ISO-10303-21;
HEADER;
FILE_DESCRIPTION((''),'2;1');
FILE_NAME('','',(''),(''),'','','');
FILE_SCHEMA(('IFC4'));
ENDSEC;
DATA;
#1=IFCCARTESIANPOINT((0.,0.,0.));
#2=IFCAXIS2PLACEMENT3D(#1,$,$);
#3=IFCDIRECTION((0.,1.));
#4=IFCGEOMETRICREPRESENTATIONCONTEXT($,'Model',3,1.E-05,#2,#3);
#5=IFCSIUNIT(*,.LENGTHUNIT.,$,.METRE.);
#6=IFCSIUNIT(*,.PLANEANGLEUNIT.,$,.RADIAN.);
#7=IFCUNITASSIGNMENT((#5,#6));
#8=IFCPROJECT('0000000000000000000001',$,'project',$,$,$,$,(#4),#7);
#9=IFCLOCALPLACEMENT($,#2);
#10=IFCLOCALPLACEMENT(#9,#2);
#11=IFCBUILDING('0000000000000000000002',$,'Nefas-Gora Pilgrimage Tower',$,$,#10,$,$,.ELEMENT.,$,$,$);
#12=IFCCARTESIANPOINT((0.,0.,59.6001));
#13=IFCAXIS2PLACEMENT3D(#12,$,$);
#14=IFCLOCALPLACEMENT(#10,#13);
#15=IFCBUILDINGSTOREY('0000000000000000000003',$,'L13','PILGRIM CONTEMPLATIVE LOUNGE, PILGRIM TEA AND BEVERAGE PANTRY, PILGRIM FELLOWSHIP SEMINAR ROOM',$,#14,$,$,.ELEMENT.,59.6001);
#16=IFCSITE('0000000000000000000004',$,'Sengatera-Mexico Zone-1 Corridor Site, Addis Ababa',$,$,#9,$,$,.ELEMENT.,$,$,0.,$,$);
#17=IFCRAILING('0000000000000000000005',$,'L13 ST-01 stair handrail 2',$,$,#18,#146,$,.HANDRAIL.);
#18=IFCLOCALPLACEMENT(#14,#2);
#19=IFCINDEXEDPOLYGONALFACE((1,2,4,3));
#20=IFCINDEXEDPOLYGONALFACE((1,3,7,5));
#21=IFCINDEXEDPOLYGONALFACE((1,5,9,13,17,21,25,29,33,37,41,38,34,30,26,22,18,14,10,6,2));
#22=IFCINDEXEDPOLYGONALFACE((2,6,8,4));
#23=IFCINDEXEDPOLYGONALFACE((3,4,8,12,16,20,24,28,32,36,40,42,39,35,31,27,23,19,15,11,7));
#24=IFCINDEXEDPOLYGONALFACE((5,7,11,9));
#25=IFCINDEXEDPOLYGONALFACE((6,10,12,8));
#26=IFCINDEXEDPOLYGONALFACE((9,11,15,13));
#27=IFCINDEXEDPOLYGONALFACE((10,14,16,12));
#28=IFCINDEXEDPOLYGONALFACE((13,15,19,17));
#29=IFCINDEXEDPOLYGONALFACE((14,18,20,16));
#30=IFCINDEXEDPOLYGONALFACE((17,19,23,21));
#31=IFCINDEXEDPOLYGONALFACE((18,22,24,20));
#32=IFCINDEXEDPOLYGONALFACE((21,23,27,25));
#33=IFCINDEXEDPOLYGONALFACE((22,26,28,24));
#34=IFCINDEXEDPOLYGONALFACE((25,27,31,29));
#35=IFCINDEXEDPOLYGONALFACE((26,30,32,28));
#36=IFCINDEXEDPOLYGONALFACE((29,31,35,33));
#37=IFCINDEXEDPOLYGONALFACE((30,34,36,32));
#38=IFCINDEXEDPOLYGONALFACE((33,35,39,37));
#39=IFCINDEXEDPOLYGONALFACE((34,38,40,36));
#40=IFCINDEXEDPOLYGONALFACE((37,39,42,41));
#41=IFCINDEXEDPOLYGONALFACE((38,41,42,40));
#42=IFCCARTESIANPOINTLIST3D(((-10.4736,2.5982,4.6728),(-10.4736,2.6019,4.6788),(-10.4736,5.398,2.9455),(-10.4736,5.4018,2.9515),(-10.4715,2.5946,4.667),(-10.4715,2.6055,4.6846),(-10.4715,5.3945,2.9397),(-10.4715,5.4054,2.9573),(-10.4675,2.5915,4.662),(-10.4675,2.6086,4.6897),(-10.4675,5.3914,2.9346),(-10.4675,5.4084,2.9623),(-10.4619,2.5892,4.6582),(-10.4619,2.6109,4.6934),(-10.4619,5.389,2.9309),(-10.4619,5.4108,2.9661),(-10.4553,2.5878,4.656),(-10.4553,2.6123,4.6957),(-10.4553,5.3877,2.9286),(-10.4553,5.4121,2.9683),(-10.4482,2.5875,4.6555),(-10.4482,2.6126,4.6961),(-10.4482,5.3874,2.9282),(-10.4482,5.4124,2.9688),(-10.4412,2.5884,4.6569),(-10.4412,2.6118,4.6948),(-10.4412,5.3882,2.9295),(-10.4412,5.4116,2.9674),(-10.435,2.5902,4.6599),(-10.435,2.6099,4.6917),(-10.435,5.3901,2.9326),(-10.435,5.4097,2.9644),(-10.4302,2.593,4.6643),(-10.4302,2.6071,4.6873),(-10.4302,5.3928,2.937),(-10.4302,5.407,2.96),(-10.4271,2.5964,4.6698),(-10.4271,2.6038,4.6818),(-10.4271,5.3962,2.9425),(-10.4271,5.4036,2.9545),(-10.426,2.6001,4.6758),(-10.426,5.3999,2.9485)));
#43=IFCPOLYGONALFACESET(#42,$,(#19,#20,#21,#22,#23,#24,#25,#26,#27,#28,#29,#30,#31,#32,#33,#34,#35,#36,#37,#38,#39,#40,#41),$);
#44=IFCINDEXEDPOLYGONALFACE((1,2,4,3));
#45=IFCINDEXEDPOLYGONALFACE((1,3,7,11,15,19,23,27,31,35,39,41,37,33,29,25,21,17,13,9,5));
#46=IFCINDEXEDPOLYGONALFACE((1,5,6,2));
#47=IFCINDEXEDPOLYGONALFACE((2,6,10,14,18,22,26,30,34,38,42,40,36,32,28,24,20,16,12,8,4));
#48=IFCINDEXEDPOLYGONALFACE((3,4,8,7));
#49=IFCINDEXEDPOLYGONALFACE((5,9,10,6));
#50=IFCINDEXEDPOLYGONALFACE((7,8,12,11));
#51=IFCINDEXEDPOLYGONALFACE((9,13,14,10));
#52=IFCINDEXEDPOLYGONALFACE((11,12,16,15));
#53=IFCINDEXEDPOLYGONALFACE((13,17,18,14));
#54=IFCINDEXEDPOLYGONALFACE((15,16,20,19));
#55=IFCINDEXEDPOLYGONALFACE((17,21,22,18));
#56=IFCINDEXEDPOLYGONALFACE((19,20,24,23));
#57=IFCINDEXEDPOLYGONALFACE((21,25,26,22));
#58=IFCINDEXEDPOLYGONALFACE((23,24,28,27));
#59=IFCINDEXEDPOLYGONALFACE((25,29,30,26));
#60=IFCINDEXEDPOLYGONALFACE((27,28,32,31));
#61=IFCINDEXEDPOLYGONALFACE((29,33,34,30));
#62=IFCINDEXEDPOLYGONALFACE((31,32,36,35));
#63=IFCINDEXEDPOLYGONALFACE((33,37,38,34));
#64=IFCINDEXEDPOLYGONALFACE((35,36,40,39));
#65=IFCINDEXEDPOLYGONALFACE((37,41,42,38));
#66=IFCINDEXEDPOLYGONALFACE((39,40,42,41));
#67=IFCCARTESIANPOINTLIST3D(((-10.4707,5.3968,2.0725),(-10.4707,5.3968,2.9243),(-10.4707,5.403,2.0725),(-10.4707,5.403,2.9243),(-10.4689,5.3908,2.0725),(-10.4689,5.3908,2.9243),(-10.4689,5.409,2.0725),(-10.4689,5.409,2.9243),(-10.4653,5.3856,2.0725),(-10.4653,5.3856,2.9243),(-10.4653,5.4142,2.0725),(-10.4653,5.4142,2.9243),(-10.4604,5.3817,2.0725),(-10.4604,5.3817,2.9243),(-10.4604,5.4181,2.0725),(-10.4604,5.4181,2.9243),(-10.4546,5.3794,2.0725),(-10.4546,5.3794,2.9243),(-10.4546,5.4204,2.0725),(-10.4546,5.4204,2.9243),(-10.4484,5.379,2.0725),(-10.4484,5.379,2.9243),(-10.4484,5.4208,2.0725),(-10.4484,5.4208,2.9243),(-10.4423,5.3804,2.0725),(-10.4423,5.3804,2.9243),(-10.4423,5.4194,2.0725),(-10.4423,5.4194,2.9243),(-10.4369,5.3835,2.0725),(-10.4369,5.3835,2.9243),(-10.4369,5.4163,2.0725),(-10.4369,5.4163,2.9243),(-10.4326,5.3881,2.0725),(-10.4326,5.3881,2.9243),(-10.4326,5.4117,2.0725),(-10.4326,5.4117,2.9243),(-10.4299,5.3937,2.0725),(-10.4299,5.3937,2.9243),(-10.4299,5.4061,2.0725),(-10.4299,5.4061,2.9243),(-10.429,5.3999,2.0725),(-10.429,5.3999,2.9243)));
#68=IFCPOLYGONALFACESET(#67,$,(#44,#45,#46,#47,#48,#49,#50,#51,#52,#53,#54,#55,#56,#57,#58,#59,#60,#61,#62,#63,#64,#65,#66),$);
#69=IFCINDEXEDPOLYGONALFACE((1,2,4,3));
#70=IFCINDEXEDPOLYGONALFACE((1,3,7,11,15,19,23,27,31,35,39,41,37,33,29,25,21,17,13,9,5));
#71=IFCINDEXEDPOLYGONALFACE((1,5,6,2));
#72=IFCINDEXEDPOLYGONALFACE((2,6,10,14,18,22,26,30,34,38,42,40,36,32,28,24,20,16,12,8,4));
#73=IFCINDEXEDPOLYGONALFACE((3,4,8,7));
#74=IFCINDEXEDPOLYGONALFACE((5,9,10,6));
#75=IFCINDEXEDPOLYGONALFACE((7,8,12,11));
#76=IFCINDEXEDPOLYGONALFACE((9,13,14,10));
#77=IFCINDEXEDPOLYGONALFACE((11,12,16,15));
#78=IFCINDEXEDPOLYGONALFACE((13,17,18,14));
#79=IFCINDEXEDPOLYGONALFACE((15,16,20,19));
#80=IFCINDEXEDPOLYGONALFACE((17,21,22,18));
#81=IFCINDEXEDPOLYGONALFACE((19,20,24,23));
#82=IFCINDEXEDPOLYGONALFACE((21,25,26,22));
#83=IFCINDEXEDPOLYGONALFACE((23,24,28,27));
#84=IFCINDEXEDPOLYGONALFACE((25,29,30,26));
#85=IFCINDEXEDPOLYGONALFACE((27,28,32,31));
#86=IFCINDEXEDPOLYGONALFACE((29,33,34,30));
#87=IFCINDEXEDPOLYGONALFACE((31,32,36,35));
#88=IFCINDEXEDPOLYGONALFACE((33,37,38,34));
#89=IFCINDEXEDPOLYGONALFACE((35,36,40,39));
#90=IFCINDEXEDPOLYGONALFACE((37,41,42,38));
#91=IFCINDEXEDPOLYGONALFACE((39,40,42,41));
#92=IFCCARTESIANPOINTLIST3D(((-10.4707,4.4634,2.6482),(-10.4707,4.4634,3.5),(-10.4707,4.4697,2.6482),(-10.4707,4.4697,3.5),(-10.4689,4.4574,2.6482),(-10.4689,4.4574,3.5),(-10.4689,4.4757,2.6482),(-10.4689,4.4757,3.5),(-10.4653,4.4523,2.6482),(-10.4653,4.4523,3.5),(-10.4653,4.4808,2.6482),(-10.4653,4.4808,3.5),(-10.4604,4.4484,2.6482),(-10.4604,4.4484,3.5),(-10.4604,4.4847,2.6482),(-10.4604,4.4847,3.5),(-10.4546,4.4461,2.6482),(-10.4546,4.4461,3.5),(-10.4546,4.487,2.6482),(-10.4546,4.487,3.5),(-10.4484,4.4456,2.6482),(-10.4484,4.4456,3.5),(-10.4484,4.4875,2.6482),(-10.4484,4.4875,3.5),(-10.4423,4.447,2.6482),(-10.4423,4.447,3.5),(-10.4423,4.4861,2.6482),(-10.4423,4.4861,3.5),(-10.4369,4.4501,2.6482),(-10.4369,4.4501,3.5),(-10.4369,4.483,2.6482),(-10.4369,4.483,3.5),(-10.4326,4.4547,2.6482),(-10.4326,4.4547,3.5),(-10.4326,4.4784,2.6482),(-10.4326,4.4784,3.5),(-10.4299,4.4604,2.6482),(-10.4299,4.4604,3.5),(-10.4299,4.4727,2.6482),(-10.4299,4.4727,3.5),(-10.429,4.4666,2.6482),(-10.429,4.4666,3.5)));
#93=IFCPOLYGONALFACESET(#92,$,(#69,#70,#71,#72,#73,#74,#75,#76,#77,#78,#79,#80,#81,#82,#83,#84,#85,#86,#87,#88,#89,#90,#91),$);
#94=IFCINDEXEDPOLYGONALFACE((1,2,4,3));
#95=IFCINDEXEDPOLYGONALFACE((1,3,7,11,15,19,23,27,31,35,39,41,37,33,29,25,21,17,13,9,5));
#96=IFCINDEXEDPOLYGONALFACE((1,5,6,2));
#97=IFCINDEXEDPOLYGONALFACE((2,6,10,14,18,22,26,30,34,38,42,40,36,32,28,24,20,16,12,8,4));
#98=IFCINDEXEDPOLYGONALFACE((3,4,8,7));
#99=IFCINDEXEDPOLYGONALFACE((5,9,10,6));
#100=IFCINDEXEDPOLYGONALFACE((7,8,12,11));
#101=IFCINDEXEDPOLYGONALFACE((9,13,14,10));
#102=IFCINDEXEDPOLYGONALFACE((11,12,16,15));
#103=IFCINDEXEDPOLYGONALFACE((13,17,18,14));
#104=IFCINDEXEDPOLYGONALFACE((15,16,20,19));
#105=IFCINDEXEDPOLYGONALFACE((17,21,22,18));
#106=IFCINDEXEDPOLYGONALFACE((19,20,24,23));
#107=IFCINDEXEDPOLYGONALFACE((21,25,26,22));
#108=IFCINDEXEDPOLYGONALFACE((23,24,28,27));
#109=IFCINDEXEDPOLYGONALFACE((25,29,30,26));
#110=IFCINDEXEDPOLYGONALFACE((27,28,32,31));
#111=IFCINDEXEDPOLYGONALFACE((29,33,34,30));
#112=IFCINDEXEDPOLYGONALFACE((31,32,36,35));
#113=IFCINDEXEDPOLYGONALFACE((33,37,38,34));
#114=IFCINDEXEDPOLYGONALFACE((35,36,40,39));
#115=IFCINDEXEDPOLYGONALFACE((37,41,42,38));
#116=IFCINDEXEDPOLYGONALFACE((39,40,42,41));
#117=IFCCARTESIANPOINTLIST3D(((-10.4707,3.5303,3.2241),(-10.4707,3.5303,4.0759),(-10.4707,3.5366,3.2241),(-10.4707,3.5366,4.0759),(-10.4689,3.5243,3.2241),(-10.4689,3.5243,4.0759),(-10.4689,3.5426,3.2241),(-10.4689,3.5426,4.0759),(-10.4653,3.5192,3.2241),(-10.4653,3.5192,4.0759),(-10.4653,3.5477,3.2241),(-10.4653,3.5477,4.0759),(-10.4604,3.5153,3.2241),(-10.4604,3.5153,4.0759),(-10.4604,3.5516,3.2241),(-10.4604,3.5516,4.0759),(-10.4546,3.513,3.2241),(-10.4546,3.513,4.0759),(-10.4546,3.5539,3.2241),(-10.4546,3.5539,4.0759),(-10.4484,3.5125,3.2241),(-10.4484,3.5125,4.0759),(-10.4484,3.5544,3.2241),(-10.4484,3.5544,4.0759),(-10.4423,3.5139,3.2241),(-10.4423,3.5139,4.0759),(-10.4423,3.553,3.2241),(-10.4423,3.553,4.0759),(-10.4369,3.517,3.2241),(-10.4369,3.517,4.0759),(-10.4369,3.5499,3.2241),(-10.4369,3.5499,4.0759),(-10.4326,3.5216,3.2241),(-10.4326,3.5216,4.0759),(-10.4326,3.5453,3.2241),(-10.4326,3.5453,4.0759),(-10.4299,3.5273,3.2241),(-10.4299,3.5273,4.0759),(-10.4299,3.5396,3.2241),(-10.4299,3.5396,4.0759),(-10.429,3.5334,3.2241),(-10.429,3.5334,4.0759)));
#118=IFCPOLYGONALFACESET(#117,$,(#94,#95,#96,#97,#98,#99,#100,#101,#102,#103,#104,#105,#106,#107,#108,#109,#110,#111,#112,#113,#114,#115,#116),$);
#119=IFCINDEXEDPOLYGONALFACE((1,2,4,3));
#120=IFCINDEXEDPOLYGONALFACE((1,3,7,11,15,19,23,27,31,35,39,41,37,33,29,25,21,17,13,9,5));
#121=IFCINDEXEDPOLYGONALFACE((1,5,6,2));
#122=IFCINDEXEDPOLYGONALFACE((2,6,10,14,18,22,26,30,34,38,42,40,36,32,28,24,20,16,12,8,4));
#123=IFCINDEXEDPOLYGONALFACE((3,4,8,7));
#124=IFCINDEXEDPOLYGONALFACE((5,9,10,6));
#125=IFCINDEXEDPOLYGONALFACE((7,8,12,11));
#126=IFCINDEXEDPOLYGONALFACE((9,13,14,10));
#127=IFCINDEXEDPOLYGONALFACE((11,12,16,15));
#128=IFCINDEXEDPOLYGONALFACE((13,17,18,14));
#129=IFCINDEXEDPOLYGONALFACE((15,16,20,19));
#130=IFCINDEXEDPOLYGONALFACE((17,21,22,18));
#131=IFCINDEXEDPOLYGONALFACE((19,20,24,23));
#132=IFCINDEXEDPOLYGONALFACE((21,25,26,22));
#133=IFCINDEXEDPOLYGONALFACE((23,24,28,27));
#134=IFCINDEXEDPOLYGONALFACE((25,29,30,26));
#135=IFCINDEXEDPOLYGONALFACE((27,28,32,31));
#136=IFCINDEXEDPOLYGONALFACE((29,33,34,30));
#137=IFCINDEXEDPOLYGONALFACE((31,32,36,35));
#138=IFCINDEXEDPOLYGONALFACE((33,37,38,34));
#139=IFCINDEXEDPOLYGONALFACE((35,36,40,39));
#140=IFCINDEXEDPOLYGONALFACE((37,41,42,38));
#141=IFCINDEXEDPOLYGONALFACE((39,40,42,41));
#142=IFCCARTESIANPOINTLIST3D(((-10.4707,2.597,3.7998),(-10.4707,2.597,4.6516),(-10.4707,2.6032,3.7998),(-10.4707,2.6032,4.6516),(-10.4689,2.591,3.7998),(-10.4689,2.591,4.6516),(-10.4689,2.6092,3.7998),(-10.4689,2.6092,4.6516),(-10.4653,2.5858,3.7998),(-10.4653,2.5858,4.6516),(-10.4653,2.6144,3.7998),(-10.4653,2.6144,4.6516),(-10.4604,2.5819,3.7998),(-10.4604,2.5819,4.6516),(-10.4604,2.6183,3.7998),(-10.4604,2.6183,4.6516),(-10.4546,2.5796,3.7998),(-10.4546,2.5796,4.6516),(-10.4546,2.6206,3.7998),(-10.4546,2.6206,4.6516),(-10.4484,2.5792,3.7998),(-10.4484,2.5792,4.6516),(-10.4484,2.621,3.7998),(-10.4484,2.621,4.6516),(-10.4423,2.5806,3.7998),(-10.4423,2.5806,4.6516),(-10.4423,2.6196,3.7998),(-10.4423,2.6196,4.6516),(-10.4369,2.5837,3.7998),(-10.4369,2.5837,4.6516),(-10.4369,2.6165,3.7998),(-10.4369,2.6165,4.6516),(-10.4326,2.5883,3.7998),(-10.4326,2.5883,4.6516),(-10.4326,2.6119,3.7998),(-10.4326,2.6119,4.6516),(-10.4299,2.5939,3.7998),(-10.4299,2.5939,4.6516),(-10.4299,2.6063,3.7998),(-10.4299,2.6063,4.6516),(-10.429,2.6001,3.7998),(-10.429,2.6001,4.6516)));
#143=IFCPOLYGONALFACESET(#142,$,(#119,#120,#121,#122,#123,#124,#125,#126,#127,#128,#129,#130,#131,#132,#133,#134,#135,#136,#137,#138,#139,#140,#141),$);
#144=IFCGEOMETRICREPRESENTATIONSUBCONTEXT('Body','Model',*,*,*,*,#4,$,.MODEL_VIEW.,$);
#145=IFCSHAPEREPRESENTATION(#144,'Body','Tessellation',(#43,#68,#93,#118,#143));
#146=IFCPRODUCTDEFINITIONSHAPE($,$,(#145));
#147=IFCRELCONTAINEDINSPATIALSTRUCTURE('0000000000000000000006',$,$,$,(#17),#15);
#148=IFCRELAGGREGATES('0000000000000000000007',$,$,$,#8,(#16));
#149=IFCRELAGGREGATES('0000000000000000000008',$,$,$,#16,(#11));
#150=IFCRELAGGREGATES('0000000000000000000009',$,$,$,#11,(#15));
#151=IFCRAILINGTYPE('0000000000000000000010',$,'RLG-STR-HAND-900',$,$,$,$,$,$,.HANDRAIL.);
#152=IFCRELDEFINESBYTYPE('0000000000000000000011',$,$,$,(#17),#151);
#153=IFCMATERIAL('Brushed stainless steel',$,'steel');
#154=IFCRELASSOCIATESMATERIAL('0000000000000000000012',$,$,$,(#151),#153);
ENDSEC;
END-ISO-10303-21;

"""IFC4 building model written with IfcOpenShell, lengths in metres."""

from ifc_helpers import new_model, si_unit, direction, frame, origin, origin_2d, place, context, subcontext, project, spatial, circle, extrude, material, type_object, element, save


model = new_model("IFC4")

# Units and contexts
model_context = context("Model", 3, precision=1e-05, world=origin(), true_north=direction((0.0, 1.0)))
body_context = subcontext(model_context, "Body", "Model", "MODEL_VIEW")
ifc_project = project(units=[si_unit("LENGTHUNIT", "METRE"), si_unit("PLANEANGLEUNIT", "RADIAN")], contexts=[model_context])

# Site, building, storey
site_placement = place(None, origin())
site = spatial("IfcSite", under=ifc_project, at=site_placement, Name="Sengatera-Mexico Zone-1 Corridor Site, Addis Ababa", CompositionType="ELEMENT", RefElevation=0.0)
building_placement = place(site_placement, origin())
building = spatial("IfcBuilding", under=site, at=building_placement, Name="Nefas-Gora Pilgrimage Tower", CompositionType="ELEMENT")
storey_placement = place(building_placement, frame((0.0, 0.0, 59.6001)))
storey = spatial("IfcBuildingStorey", under=building, at=storey_placement, Name="L13", Description="PILGRIM CONTEMPLATIVE LOUNGE, PILGRIM TEA AND BEVERAGE PANTRY, PILGRIM FELLOWSHIP SEMINAR ROOM", CompositionType="ELEMENT", Elevation=59.6001)

# Railing
ifc_material_1 = material(Name="Brushed stainless steel", Category="steel")
railing_type_1 = type_object("IfcRailingType", Name="RLG-STR-HAND-900", PredefinedType="HANDRAIL", material=ifc_material_1)
railing_1_placement = place(storey_placement, frame((-10.45, 5.3999, 2.0725)))
element("IfcRailing", 1, at=railing_1_placement, inside=storey, type_object=railing_type_1, Name="L13 ST-01 stair handrail 2", PredefinedType="HANDRAIL", context=body_context, shape_type="SweptSolid", body=[
    extrude(circle(Radius=0.0239, at=origin_2d()), frame((0.0, 0.0, 0.876), z_axis=(0.0, -0.851069, 0.525054), x_axis=(1.0, 0.0, 0.0)), (0.0, 0.0, 1.0), 3.2898),
    extrude(circle(Radius=0.021, at=origin_2d()), origin(), (0.0, 0.0, 1.0), 0.8518),
    extrude(circle(Radius=0.021, at=origin_2d()), frame((0.0, -0.9333, 0.5757)), (0.0, 0.0, 1.0), 0.8518),
    extrude(circle(Radius=0.021, at=origin_2d()), frame((0.0, -1.8665, 1.1516)), (0.0, 0.0, 1.0), 0.8518),
    extrude(circle(Radius=0.021, at=origin_2d()), frame((0.0, -2.7998, 1.7273)), (0.0, 0.0, 1.0), 0.8518),
])

save(model, "model.ifc")
